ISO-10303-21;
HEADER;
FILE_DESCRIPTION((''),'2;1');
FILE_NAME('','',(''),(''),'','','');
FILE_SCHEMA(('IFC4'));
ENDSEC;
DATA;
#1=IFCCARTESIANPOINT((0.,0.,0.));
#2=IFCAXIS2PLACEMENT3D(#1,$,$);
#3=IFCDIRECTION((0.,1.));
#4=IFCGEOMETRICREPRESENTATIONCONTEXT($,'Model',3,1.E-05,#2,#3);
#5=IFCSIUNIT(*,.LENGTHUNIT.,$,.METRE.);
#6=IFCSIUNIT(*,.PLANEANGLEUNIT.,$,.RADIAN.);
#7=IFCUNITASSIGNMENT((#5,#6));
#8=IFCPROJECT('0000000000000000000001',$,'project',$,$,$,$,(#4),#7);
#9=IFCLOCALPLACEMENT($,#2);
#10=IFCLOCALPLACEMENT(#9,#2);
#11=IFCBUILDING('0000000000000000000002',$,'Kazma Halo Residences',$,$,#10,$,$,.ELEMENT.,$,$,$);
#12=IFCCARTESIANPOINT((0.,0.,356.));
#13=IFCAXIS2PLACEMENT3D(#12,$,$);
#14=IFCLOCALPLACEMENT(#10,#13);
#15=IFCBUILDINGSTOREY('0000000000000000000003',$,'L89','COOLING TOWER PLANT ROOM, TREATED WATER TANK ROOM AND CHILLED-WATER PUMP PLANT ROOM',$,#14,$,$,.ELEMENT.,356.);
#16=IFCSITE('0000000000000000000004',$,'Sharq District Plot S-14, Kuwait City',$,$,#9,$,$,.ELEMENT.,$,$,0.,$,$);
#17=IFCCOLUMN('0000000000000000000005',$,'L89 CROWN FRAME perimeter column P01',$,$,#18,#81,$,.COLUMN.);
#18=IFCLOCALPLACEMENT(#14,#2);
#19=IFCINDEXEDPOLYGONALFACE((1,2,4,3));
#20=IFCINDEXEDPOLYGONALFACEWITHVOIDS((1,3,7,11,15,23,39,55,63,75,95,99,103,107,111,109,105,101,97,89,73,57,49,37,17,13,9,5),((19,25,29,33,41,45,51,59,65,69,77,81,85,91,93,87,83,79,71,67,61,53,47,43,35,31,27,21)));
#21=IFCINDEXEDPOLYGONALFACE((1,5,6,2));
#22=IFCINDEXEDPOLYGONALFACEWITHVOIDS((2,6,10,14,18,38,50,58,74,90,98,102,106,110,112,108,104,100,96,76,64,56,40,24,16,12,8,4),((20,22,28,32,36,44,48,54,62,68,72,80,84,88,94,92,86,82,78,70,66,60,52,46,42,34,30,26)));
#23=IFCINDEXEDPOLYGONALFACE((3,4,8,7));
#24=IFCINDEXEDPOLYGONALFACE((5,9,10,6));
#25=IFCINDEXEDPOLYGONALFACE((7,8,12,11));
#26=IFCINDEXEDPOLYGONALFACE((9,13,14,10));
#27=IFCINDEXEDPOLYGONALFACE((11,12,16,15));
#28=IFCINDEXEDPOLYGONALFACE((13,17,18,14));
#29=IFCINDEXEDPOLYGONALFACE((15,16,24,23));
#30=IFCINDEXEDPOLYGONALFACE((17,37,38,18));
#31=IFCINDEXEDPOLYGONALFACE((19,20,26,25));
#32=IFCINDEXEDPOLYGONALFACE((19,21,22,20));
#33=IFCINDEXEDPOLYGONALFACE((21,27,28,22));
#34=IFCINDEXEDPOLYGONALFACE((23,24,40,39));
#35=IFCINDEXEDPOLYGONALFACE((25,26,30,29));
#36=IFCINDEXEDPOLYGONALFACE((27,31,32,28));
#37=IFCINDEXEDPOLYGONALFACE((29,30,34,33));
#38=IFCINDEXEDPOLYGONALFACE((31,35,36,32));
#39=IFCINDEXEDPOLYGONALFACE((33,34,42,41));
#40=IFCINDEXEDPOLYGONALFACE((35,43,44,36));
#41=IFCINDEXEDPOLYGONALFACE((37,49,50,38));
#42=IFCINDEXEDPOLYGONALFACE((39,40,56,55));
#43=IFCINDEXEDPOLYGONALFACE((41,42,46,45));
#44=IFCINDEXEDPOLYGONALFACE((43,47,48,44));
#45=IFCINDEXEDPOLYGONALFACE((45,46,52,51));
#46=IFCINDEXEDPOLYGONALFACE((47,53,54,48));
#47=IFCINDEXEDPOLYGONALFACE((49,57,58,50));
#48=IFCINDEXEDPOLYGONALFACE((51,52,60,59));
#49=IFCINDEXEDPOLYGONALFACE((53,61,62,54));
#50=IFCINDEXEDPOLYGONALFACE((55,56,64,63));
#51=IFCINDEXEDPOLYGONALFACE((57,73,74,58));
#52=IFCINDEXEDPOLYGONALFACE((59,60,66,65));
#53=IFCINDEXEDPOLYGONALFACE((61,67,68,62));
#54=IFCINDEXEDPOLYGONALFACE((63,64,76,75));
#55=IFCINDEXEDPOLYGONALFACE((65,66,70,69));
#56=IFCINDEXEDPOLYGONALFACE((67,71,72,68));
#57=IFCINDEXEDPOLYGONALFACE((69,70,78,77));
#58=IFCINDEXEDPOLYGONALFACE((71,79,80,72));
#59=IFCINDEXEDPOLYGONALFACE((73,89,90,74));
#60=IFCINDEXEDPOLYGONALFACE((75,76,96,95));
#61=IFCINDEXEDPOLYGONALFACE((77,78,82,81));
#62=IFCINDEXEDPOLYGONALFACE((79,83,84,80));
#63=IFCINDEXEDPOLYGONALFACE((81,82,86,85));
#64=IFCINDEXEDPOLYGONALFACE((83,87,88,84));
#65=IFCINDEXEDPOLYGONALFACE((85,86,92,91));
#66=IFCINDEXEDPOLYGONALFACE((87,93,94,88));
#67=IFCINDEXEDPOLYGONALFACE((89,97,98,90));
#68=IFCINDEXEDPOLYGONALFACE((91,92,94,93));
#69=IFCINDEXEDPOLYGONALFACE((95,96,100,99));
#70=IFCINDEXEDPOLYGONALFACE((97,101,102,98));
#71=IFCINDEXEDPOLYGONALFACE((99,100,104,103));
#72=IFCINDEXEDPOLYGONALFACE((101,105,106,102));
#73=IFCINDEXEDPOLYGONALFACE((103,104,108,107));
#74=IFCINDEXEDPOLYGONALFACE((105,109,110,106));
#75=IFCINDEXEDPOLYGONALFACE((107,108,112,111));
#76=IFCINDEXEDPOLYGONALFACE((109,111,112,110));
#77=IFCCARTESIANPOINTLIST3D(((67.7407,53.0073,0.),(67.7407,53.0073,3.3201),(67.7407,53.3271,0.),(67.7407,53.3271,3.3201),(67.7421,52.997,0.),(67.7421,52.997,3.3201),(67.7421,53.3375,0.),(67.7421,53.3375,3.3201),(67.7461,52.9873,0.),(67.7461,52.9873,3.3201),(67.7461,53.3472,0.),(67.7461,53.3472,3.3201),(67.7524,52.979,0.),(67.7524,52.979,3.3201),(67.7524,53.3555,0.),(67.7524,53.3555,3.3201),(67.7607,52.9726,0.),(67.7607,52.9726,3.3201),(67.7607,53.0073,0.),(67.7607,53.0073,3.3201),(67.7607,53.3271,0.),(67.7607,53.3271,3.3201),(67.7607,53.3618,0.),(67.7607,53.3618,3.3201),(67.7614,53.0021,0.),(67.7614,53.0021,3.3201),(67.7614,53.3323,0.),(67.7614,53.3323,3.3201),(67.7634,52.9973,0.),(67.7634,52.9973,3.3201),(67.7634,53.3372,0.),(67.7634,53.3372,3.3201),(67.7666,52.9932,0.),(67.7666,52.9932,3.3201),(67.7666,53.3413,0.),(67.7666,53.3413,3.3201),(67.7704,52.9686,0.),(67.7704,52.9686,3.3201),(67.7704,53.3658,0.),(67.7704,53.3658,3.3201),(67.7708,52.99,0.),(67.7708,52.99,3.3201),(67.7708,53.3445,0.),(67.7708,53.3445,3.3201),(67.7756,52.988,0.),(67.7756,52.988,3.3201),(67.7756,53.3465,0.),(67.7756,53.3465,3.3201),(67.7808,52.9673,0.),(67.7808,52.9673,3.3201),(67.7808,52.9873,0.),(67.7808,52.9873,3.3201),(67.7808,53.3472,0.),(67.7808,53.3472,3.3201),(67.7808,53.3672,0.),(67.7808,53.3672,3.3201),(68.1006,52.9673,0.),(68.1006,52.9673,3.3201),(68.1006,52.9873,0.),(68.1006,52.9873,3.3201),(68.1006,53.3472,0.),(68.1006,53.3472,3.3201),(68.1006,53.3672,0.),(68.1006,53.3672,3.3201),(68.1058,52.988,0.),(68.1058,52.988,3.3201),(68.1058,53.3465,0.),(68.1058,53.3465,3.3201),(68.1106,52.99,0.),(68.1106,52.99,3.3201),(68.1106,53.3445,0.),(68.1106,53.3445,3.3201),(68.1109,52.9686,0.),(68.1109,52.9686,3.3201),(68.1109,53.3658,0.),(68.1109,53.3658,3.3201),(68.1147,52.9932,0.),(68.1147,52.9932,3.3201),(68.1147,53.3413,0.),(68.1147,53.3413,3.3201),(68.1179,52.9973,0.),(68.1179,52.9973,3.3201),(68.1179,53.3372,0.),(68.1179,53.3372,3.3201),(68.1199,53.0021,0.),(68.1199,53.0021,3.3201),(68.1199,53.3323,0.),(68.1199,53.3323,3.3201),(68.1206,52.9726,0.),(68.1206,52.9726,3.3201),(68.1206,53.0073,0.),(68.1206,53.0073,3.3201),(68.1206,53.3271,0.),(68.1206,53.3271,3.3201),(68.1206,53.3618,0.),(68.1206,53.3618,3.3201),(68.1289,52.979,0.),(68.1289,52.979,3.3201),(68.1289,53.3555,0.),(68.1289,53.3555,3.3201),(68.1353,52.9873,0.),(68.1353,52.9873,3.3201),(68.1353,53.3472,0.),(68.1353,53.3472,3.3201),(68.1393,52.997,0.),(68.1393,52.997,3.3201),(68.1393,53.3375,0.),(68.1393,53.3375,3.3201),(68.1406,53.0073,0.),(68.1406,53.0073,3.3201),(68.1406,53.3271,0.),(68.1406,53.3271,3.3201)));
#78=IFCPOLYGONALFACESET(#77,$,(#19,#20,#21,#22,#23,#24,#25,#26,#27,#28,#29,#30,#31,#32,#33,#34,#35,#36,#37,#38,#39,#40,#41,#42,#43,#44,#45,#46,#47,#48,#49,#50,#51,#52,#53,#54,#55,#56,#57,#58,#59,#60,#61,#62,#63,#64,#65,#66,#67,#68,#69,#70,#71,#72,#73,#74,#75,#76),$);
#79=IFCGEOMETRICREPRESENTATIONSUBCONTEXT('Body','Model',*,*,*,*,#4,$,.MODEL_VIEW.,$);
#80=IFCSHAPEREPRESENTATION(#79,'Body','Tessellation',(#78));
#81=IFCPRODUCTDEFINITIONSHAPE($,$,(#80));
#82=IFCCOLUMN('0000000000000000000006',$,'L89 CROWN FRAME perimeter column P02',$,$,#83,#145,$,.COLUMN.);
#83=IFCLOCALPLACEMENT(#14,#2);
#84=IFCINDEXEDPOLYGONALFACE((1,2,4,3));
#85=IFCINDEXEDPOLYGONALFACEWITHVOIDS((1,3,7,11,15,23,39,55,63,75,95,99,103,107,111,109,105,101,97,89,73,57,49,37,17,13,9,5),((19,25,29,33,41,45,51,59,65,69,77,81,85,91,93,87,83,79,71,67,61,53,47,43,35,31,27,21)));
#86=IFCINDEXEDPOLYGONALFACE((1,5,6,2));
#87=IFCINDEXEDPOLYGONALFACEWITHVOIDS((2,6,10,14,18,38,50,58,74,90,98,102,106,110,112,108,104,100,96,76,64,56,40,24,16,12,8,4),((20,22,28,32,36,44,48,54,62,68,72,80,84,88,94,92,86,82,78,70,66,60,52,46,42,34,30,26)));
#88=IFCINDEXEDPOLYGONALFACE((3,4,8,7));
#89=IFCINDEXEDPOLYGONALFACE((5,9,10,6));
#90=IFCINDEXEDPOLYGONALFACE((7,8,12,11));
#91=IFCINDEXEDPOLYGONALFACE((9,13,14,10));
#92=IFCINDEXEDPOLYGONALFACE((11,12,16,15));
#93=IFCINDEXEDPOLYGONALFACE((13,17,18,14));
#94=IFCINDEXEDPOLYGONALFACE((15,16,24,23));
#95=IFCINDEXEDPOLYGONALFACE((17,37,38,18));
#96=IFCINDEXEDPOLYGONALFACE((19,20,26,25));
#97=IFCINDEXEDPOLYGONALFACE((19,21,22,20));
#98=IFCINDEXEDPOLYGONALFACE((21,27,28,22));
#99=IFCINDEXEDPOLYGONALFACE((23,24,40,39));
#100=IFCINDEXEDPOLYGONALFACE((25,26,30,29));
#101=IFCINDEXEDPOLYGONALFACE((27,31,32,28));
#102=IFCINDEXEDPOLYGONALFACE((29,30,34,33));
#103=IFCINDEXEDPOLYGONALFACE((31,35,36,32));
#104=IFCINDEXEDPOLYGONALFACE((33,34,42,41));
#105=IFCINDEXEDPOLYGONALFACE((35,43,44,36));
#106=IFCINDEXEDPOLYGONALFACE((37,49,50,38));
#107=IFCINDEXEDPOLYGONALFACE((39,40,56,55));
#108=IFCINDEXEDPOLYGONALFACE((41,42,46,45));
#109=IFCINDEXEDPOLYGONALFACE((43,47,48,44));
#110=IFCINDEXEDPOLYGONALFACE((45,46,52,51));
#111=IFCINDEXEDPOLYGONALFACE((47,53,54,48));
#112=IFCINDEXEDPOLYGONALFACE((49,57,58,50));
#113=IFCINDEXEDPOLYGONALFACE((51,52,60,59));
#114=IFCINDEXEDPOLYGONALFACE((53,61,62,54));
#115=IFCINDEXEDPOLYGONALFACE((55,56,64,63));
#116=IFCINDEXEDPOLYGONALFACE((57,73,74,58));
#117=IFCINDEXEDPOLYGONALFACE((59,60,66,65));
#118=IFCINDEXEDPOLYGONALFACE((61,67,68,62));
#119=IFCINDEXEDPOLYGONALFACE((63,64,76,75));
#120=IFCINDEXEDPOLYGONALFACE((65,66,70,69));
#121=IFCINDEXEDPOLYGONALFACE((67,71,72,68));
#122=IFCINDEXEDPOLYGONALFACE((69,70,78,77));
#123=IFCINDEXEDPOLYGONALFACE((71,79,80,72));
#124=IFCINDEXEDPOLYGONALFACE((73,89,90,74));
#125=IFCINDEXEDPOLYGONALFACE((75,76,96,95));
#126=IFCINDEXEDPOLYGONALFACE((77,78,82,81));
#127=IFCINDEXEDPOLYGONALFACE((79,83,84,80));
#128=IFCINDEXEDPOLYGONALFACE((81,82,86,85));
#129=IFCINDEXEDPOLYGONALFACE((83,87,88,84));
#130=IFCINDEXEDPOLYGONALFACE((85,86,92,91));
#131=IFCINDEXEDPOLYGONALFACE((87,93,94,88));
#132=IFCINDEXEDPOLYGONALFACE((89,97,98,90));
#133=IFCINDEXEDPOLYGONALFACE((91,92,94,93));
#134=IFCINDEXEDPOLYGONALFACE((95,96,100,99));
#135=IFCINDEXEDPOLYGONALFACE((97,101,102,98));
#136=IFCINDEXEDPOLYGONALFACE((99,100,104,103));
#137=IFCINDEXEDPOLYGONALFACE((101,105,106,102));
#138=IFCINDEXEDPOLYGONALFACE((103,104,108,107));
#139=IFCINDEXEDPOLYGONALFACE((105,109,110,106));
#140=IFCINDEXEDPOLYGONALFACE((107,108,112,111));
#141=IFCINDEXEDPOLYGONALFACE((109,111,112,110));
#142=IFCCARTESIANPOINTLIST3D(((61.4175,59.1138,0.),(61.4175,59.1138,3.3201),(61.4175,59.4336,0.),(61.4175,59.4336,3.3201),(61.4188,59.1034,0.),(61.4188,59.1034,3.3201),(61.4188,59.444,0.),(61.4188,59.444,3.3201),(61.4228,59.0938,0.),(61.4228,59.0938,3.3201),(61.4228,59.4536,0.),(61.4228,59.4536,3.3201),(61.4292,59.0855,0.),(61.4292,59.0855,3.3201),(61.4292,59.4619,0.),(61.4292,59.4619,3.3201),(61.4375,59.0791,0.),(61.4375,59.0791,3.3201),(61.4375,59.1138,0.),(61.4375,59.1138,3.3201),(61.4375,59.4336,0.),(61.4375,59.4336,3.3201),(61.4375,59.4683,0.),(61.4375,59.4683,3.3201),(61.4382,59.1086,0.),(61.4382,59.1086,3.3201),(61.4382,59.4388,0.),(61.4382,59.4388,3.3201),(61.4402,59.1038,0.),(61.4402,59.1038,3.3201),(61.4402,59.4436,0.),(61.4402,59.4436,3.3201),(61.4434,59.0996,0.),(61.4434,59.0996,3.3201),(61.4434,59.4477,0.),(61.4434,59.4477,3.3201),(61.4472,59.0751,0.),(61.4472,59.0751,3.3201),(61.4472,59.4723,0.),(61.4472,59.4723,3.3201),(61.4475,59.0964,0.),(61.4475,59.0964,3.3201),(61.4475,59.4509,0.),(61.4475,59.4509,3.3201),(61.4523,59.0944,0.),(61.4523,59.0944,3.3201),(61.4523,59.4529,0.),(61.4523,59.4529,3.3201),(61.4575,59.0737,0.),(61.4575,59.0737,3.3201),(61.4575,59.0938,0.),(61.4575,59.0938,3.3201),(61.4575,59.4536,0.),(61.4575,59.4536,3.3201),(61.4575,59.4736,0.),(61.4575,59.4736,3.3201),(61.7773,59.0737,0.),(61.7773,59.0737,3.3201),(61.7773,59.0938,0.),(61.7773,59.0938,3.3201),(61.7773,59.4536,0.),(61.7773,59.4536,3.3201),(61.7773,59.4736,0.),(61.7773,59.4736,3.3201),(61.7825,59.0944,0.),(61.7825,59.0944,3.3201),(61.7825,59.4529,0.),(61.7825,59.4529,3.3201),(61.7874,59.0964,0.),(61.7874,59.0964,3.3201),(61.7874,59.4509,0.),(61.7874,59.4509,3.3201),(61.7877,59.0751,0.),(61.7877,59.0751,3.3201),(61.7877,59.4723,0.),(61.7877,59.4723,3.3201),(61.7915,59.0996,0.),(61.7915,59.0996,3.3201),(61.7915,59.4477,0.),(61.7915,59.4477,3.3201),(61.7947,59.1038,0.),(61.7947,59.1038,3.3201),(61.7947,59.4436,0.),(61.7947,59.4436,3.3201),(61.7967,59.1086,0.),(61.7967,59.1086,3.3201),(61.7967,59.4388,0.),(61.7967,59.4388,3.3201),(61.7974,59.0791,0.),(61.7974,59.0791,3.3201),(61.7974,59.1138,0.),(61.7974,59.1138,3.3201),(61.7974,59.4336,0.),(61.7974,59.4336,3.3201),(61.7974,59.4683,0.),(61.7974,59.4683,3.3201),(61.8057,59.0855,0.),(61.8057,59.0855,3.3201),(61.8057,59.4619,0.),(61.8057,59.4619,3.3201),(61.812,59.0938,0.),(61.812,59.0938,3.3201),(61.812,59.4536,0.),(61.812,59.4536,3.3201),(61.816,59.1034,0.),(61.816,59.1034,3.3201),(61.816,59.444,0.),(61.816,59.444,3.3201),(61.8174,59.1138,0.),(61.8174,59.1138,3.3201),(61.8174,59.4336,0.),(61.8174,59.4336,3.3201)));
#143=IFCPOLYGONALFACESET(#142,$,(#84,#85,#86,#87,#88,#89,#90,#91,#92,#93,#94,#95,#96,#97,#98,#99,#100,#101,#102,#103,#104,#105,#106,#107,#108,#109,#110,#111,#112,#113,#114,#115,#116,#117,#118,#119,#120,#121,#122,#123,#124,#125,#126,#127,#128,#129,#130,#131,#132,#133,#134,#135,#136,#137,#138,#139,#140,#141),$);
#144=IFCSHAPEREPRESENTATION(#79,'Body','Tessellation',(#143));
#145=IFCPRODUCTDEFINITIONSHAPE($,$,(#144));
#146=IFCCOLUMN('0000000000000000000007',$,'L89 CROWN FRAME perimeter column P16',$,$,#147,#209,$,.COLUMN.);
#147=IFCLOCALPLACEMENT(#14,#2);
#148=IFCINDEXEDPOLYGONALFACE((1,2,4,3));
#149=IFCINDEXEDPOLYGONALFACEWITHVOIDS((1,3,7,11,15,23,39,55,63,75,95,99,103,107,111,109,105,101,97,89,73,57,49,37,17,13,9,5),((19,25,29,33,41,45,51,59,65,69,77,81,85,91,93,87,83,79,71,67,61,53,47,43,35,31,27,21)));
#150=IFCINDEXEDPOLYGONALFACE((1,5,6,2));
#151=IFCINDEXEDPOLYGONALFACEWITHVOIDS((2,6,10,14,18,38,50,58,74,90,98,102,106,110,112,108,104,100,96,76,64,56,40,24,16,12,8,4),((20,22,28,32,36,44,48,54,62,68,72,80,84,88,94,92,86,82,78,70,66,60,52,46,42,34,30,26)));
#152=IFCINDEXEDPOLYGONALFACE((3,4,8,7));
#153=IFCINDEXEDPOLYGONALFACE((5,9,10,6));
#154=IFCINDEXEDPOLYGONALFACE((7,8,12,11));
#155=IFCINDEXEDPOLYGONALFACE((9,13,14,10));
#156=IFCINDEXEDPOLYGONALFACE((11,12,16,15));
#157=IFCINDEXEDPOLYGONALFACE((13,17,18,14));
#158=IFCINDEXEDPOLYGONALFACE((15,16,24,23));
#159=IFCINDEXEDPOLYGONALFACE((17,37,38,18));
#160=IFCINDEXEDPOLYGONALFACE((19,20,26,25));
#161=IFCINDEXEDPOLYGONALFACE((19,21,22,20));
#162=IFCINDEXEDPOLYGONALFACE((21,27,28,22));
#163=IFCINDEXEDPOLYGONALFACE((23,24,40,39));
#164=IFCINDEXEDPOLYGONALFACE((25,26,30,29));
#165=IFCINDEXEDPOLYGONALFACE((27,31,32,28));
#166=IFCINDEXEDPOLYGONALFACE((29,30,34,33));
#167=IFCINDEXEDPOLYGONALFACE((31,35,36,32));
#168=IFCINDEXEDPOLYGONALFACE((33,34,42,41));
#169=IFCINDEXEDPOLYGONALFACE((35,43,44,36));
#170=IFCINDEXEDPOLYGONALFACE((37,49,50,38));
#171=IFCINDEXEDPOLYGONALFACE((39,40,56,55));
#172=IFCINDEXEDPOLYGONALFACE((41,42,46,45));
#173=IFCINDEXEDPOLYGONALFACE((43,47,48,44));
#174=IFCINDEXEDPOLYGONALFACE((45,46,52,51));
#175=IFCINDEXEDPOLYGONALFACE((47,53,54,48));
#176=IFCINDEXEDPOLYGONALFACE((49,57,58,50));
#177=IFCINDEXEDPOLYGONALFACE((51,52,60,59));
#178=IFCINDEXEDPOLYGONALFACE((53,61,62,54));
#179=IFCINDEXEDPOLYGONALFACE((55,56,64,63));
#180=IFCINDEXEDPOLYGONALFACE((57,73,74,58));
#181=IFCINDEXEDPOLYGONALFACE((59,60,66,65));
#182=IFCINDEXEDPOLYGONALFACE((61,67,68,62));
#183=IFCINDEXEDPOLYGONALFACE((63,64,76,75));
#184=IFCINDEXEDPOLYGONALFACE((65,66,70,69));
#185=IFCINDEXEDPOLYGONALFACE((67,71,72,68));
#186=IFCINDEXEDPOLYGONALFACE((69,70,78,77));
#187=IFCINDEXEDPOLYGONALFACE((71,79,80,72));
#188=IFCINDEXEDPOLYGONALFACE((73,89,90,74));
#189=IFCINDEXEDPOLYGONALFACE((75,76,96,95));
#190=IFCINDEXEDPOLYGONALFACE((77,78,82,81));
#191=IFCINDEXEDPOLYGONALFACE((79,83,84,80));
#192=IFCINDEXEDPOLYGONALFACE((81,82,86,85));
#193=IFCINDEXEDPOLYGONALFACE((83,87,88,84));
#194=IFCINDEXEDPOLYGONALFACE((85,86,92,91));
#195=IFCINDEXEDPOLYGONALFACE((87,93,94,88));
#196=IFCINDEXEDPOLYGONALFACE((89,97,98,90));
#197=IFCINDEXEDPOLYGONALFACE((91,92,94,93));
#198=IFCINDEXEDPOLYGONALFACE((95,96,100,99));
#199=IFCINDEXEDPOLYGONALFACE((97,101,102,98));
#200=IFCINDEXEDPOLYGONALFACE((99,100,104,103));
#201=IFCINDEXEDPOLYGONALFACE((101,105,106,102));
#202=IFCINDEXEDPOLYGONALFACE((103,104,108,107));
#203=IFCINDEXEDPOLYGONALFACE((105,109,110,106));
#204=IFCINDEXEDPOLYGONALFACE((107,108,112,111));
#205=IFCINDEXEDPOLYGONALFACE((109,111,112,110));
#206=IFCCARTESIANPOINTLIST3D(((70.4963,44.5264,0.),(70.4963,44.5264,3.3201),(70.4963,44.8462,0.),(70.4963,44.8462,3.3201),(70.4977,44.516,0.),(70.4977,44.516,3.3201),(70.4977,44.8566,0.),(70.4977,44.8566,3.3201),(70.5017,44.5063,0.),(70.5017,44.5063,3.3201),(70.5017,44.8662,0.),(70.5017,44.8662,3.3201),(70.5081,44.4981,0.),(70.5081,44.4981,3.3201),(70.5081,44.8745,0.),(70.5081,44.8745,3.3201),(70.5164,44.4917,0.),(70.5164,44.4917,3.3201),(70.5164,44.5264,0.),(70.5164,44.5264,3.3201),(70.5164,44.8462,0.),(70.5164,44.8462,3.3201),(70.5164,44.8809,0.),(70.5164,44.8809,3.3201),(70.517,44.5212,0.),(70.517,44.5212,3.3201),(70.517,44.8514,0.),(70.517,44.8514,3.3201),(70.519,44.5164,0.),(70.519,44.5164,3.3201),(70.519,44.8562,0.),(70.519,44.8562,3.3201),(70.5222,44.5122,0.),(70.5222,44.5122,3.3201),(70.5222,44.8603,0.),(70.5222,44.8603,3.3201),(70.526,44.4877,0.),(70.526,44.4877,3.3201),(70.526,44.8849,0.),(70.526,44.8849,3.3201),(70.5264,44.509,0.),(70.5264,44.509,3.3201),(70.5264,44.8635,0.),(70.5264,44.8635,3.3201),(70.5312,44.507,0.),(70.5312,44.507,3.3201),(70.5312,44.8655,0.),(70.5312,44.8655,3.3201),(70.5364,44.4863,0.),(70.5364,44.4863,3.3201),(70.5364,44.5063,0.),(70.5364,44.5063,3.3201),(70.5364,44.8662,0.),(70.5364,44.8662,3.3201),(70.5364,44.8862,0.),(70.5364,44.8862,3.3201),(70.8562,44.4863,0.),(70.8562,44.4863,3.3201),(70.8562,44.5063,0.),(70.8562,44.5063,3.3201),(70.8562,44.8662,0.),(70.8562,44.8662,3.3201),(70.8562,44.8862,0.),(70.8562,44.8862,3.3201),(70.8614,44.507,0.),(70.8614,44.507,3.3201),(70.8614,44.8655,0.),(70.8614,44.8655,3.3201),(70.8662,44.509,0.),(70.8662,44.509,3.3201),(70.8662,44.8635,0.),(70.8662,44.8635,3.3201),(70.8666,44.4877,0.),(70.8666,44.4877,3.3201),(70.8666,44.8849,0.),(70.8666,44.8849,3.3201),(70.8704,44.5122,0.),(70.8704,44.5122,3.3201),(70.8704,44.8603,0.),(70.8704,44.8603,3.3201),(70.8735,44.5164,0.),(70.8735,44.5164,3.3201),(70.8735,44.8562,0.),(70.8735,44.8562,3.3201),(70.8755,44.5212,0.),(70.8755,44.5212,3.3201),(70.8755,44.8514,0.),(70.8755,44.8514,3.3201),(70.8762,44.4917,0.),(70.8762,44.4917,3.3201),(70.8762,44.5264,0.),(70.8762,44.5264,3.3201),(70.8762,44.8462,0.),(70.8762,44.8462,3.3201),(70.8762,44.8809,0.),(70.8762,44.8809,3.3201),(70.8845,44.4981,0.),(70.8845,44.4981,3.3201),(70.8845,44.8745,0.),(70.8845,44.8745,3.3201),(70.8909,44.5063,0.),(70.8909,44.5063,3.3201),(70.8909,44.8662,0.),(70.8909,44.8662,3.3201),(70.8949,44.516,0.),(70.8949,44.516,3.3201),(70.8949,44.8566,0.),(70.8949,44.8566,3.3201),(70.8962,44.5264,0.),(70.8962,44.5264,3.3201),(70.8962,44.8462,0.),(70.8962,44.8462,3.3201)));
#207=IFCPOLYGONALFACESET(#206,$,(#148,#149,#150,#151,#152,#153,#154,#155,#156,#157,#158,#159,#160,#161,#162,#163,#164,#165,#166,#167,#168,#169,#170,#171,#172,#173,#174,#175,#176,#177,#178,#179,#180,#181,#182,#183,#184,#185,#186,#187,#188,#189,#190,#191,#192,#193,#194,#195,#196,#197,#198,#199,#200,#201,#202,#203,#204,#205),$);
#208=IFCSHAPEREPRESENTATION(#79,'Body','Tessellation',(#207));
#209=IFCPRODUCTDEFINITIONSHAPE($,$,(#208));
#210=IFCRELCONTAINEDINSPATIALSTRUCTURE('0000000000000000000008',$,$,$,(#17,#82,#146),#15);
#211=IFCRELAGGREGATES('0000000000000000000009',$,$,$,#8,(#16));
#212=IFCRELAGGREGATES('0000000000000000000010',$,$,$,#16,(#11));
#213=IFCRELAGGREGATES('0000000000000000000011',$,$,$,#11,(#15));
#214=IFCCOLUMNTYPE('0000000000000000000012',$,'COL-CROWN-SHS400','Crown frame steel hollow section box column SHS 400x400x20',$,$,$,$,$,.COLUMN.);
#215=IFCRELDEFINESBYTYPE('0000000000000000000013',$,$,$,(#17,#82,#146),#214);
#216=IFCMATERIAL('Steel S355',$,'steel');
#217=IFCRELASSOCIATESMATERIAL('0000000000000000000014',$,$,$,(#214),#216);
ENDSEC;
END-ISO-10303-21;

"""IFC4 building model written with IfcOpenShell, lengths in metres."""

from ifc_helpers import new_model, si_unit, direction, frame, origin, origin_2d, place, context, subcontext, project, spatial, hollow_rectangle, extrude, material, material_profile, profile_set, type_object, element, save


model = new_model("IFC4")

# Units and contexts
model_context = context("Model", 3, precision=1e-05, world=origin(), true_north=direction((0.0, 1.0)))
body_context = subcontext(model_context, "Body", "Model", "MODEL_VIEW")
ifc_project = project(units=[si_unit("LENGTHUNIT", "METRE"), si_unit("PLANEANGLEUNIT", "RADIAN")], contexts=[model_context])

# Site, building, storey
site_placement = place(None, origin())
site = spatial("IfcSite", under=ifc_project, at=site_placement, Name="Sharq District Plot S-14, Kuwait City", CompositionType="ELEMENT", RefElevation=0.0)
building_placement = place(site_placement, origin())
building = spatial("IfcBuilding", under=site, at=building_placement, Name="Kazma Halo Residences", CompositionType="ELEMENT")
storey_placement = place(building_placement, frame((0.0, 0.0, 356.0)))
storey = spatial("IfcBuildingStorey", under=building, at=storey_placement, Name="L89", Description="COOLING TOWER PLANT ROOM, TREATED WATER TANK ROOM AND CHILLED-WATER PUMP PLANT ROOM", CompositionType="ELEMENT", Elevation=356.0)

# Columns
ifc_material_1 = material(Name="Steel S355", Category="steel")
ifc_material_profile_1 = material_profile(ifc_material_1, hollow_rectangle(XDim=0.3999, YDim=0.3999, WallThickness=0.02, InnerFilletRadius=0.02, OuterFilletRadius=0.04, at=origin_2d()), Name="SHS400x400x20")
ifc_profile_set_1 = profile_set([ifc_material_profile_1], Name="Steel S355")
column_type = type_object("IfcColumnType", Name="COL-CROWN-SHS400", Description="Crown frame steel hollow section box column SHS 400x400x20", PredefinedType="COLUMN", material=ifc_profile_set_1)
for number, where, z_axis, x_axis, name in (
    (1, (67.9407, 53.1672, 0.0), (0.0, 0.0, 1.0), (1.0, 0.0, 0.0), "L89 CROWN FRAME perimeter column P01"),
    (2, (61.6174, 59.2737, 0.0), (0.0, 0.0, 1.0), (1.0, 0.0, 0.0), "L89 CROWN FRAME perimeter column P02"),
    (3, (70.6963, 44.6863, 0.0), (0.0, 0.0, 1.0), (1.0, 0.0, 0.0), "L89 CROWN FRAME perimeter column P16"),
):
    element("IfcColumn", number, at=place(storey_placement, frame(where, z_axis=z_axis, x_axis=x_axis)), inside=storey, type_object=column_type, Name=name, PredefinedType="COLUMN", context=body_context, shape_type="SweptSolid", body=[
        extrude(hollow_rectangle(XDim=0.3999, YDim=0.3999, WallThickness=0.02, InnerFilletRadius=0.02, OuterFilletRadius=0.04, at=origin_2d()), origin(), (0.0, 0.0, 1.0), 3.3201),
    ])

save(model, "model.ifc")
